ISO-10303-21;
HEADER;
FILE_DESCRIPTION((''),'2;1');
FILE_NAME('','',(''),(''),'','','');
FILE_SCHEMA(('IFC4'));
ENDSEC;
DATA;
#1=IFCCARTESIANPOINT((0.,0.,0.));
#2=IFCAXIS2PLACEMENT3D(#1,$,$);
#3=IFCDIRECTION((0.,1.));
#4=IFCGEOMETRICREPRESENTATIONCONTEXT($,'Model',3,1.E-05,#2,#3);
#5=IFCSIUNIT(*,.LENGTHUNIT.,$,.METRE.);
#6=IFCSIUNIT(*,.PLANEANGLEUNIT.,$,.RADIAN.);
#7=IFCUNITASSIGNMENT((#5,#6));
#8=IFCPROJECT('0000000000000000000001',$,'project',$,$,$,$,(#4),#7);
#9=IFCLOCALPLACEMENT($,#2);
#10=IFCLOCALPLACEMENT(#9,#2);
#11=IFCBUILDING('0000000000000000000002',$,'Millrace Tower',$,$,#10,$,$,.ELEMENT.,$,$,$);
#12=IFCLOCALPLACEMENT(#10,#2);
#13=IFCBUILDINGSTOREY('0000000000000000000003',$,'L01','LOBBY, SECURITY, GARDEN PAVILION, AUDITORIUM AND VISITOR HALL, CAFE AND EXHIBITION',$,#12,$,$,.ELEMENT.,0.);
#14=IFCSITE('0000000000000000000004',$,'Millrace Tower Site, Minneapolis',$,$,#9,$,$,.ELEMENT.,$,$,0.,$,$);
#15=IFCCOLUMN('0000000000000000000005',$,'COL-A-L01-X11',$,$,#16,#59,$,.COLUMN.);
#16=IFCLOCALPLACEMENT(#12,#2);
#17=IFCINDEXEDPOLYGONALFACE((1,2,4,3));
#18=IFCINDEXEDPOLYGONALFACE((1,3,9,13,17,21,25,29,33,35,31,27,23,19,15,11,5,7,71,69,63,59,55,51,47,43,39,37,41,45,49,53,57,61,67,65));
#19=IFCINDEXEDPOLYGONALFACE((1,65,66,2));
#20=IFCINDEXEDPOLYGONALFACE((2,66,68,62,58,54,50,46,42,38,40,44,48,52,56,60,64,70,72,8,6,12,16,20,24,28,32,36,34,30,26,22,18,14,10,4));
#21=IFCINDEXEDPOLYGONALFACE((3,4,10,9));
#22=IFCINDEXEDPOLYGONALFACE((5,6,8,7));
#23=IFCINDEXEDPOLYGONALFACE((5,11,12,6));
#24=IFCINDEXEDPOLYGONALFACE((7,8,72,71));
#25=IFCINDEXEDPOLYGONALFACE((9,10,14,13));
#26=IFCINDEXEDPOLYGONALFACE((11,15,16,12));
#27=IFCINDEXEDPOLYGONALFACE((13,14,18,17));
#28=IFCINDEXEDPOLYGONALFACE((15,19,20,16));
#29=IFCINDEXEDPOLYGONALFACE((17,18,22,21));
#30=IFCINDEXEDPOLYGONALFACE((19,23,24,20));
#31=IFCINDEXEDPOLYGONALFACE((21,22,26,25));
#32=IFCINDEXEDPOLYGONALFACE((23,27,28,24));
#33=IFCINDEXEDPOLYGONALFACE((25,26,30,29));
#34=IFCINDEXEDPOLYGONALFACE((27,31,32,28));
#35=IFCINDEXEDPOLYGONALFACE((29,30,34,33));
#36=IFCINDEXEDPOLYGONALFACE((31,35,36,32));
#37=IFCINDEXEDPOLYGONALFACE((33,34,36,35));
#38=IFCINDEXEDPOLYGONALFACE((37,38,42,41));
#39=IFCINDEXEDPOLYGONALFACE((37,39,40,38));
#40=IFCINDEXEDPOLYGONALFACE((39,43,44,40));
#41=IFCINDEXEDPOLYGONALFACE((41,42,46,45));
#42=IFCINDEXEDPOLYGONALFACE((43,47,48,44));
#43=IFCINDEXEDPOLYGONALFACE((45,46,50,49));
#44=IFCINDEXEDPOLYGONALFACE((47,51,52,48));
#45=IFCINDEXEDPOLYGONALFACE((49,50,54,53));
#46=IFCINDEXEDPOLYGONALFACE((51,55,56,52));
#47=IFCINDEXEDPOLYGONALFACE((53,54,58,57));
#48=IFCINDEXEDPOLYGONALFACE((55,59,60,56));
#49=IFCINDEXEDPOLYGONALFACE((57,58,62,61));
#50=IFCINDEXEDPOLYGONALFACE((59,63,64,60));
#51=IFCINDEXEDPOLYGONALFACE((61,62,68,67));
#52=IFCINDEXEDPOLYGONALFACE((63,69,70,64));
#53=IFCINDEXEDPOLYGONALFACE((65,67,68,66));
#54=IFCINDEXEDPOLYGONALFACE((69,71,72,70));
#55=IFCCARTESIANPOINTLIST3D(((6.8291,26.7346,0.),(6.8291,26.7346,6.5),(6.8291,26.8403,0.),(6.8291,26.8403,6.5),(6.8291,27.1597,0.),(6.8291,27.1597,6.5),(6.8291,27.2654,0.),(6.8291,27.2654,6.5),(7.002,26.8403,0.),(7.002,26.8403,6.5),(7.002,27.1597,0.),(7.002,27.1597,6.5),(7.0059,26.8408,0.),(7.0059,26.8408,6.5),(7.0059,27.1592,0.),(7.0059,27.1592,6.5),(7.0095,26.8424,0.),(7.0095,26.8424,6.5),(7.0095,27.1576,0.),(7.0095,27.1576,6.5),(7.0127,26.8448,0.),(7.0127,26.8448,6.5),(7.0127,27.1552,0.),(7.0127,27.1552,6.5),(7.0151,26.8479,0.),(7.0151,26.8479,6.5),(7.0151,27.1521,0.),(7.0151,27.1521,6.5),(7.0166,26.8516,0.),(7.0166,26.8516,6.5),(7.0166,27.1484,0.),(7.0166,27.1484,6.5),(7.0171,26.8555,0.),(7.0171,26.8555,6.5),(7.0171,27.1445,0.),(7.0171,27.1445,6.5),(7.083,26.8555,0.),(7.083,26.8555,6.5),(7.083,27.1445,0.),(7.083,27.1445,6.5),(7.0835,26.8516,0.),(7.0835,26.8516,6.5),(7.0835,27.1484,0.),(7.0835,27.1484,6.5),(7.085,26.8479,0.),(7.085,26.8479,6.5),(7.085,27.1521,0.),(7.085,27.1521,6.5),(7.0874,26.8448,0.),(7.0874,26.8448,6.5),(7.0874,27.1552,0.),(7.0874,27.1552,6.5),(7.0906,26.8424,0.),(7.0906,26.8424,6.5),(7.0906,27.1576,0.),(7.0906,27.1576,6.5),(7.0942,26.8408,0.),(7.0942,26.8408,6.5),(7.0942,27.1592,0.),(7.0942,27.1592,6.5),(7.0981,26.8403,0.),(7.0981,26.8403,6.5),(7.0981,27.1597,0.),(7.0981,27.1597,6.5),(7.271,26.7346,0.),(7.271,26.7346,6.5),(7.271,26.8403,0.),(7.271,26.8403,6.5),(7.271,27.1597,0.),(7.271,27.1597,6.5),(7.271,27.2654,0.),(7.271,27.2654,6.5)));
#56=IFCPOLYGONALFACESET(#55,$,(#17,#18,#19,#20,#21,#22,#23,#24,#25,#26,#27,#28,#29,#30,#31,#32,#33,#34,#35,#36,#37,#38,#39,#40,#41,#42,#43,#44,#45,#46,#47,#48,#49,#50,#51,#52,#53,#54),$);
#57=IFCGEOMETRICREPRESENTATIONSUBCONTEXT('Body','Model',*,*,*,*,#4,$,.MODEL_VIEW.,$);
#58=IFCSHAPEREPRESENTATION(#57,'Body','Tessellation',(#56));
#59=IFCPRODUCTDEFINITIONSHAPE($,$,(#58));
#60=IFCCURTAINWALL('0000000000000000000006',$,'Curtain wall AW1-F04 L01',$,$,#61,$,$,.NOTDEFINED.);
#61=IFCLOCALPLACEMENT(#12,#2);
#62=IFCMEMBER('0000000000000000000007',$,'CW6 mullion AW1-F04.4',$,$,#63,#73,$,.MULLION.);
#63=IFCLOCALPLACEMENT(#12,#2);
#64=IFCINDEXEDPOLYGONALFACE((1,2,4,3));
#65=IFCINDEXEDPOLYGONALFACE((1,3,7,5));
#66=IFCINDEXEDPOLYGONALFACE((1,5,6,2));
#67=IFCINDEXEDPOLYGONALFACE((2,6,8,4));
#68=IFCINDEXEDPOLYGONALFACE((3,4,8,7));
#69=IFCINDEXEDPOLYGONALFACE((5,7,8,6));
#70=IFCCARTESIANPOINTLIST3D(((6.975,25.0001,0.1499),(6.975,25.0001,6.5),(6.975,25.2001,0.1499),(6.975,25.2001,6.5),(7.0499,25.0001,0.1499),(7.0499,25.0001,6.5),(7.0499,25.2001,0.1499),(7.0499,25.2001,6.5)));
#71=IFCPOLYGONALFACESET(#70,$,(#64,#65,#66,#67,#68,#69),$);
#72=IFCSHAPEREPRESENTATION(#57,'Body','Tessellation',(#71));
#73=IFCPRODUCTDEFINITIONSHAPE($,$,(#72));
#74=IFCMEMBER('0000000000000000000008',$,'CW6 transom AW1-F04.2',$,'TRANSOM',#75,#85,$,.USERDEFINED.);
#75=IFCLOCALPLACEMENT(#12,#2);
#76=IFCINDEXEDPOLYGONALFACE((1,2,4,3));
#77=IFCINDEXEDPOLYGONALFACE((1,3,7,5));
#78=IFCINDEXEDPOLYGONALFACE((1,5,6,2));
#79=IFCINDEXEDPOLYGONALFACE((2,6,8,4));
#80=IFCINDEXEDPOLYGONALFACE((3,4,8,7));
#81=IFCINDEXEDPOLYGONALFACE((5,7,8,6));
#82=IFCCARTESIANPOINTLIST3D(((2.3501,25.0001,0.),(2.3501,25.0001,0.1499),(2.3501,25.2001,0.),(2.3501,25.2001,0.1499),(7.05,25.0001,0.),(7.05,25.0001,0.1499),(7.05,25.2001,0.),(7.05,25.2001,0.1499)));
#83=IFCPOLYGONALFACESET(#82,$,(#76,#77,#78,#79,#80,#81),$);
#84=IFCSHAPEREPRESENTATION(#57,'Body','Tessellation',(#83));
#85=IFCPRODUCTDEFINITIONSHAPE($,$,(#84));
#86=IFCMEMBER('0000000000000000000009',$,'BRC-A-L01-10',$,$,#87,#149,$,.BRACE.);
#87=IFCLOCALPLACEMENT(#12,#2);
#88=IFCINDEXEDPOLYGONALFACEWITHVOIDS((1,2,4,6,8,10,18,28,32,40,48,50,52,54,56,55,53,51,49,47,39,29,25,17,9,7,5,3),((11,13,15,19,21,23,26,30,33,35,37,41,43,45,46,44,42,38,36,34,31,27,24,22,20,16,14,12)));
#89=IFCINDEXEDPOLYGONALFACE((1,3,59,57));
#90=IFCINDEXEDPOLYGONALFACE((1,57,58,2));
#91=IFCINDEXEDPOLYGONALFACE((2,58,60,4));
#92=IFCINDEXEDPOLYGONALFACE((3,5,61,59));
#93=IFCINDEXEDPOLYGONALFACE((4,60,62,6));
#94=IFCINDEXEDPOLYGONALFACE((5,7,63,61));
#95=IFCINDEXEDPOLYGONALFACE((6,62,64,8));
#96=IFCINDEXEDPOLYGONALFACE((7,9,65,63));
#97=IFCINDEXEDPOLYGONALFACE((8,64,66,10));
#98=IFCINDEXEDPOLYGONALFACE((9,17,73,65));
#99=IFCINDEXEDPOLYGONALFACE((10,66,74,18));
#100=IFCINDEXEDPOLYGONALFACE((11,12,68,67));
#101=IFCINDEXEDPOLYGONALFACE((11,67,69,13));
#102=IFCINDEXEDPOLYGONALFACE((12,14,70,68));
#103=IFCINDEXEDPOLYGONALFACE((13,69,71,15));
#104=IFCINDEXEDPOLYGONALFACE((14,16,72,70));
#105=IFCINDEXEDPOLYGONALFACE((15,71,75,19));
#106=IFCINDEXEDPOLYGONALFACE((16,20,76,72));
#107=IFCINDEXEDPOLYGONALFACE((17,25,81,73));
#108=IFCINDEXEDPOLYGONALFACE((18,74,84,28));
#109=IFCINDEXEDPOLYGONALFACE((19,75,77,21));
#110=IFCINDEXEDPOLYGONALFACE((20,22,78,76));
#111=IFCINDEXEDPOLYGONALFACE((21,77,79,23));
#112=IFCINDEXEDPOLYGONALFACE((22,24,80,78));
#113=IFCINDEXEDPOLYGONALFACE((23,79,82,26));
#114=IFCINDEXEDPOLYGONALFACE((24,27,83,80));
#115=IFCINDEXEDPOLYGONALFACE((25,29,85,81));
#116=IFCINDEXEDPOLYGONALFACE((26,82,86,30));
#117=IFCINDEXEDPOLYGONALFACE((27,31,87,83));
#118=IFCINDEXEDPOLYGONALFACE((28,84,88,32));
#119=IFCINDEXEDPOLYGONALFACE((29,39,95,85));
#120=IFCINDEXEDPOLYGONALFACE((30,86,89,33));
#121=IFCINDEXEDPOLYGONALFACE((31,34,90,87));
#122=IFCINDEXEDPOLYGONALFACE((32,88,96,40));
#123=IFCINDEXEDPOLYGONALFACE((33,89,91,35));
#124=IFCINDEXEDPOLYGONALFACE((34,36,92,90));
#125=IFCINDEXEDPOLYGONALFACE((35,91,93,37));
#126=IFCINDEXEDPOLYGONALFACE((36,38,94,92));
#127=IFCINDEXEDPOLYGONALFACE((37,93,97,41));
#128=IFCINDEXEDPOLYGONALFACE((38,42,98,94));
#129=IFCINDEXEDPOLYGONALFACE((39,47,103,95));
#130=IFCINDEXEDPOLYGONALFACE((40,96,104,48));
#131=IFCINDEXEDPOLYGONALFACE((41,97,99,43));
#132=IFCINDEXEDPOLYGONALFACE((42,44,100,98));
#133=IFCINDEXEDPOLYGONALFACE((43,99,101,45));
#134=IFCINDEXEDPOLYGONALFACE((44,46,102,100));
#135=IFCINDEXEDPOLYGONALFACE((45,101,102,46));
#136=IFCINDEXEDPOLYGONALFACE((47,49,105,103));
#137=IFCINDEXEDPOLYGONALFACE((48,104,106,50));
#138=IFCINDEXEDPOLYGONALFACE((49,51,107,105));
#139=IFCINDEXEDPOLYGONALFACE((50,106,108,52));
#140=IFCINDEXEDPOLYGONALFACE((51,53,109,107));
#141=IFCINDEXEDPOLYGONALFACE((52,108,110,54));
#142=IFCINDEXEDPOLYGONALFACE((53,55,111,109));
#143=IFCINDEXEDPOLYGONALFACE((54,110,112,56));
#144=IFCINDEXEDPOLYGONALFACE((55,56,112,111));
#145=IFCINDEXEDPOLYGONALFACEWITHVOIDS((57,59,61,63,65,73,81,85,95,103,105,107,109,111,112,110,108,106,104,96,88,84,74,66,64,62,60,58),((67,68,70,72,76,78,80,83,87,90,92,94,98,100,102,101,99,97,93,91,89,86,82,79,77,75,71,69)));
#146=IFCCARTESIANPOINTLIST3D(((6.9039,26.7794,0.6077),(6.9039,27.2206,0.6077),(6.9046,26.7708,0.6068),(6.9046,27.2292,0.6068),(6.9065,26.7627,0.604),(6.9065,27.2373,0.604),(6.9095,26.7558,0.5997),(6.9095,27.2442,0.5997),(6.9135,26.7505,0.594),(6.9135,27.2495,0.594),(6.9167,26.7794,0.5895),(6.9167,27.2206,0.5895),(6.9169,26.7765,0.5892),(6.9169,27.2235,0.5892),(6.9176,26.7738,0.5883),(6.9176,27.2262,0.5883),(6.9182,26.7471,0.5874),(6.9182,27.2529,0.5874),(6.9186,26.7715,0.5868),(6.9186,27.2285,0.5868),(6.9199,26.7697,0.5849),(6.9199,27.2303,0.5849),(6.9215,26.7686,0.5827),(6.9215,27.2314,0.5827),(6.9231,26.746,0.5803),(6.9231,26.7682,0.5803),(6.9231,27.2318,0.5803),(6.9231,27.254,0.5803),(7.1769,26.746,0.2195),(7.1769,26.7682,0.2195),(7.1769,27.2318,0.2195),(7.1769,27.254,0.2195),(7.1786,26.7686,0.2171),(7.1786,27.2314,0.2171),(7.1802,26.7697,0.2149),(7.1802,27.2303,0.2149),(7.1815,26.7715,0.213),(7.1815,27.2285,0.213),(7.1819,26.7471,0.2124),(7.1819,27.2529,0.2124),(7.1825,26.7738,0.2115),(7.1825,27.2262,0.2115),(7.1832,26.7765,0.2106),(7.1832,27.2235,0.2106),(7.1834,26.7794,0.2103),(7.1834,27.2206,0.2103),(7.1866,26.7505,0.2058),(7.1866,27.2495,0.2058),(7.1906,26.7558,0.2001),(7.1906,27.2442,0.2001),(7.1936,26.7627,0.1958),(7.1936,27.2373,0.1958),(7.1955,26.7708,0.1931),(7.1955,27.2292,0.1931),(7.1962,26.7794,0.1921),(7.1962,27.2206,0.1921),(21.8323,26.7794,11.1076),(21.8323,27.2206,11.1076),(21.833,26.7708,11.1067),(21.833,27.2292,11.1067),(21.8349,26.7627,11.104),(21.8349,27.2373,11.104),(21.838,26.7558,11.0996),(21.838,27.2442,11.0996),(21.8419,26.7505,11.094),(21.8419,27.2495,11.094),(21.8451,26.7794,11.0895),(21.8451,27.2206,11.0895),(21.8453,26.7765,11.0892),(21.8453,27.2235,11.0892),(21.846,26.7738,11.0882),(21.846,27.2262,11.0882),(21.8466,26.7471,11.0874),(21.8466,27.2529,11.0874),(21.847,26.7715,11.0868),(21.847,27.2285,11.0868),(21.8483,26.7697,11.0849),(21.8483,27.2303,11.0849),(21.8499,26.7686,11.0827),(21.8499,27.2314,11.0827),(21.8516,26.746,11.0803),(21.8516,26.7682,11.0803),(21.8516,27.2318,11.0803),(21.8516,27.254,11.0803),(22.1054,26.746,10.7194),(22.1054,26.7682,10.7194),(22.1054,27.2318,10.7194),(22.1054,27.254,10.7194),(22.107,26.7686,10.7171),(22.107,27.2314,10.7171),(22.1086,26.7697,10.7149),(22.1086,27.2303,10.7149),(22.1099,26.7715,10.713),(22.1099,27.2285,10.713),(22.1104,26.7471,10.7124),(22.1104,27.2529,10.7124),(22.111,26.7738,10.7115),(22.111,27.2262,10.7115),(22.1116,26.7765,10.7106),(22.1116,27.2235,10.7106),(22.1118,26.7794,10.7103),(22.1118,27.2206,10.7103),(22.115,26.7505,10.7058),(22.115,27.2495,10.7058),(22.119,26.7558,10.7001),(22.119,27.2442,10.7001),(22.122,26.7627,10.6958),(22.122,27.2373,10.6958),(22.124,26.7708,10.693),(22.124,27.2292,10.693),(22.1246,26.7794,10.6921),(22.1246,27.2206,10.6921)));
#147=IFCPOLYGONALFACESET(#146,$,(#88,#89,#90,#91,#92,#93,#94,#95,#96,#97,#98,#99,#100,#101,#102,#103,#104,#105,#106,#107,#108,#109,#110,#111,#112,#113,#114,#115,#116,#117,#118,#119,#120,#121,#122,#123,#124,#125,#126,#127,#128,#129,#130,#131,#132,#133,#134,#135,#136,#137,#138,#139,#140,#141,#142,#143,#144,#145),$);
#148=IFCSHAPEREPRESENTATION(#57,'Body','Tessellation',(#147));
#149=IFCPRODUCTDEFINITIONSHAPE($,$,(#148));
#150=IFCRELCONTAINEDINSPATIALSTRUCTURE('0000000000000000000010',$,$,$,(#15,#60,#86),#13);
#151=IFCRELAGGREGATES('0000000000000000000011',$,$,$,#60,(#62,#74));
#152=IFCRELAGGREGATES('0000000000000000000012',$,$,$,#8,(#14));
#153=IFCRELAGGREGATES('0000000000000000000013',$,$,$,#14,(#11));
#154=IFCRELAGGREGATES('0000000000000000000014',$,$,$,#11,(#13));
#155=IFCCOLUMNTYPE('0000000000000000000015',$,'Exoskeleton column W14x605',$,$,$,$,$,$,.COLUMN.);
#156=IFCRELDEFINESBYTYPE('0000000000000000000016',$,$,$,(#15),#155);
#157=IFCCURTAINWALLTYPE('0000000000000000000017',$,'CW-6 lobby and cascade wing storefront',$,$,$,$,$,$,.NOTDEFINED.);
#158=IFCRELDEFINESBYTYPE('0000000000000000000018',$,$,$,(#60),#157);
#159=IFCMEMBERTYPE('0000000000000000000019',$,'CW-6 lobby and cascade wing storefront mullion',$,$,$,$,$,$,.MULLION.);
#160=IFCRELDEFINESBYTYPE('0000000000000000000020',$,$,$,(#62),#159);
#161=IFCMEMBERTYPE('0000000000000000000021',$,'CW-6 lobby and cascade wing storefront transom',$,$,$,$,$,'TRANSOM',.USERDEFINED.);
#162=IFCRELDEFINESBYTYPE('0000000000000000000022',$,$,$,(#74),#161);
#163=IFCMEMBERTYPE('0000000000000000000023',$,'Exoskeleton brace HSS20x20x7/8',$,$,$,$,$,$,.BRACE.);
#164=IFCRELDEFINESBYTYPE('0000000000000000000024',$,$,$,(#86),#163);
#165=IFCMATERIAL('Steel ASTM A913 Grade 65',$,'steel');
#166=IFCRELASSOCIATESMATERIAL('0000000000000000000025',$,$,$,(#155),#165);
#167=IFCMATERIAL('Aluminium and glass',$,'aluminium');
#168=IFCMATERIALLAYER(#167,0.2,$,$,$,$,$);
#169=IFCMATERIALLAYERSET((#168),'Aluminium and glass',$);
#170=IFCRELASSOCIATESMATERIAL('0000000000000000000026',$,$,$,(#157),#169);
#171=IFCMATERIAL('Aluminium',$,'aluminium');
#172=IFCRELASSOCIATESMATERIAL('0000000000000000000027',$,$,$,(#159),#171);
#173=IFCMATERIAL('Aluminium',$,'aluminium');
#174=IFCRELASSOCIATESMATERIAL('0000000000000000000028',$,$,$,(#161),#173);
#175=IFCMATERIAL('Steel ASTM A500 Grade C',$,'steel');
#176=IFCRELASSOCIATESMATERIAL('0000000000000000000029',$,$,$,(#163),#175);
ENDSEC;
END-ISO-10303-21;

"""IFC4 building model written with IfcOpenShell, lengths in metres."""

from ifc_helpers import new_model, si_unit, direction, frame, origin, origin_2d, place, context, subcontext, project, spatial, rectangle, hollow_rectangle, i_section, extrude, material, layer, layer_set, material_profile, profile_set, type_object, element, aggregate, save


model = new_model("IFC4")

# Units and contexts
model_context = context("Model", 3, precision=1e-05, world=origin(), true_north=direction((0.0, 1.0)))
body_context = subcontext(model_context, "Body", "Model", "MODEL_VIEW")
ifc_project = project(units=[si_unit("LENGTHUNIT", "METRE"), si_unit("PLANEANGLEUNIT", "RADIAN")], contexts=[model_context])

# Site, building, storey
site_placement = place(None, origin())
site = spatial("IfcSite", under=ifc_project, at=site_placement, Name="Millrace Tower Site, Minneapolis", CompositionType="ELEMENT", RefElevation=0.0)
building_placement = place(site_placement, origin())
building = spatial("IfcBuilding", under=site, at=building_placement, Name="Millrace Tower", CompositionType="ELEMENT")
storey_placement = place(building_placement, origin())
storey = spatial("IfcBuildingStorey", under=building, at=storey_placement, Name="L01", Description="LOBBY, SECURITY, GARDEN PAVILION, AUDITORIUM AND VISITOR HALL, CAFE AND EXHIBITION", CompositionType="ELEMENT", Elevation=0.0)

# Column
ifc_material_1 = material(Name="Steel ASTM A913 Grade 65", Category="steel")
ifc_material_profile_1 = material_profile(ifc_material_1, i_section(OverallWidth=0.4419, OverallDepth=0.5308, WebThickness=0.0659, FlangeThickness=0.1057, FilletRadius=0.0151, at=origin_2d()))
ifc_profile_set_1 = profile_set([ifc_material_profile_1], Name="Steel ASTM A913 Grade 65")
column_type = type_object("IfcColumnType", Name="Exoskeleton column W14x605", PredefinedType="COLUMN", material=ifc_profile_set_1)
column_placement = place(storey_placement, frame((7.05, 27.0, 0.0), z_axis=(0.0, 0.0, 1.0), x_axis=(-1.0, 0.0, 0.0)))
element("IfcColumn", 1, at=column_placement, inside=storey, type_object=column_type, Name="COL-A-L01-X11", PredefinedType="COLUMN", context=body_context, shape_type="SweptSolid", body=[
    extrude(i_section(OverallWidth=0.4419, OverallDepth=0.5308, WebThickness=0.0659, FlangeThickness=0.1057, FilletRadius=0.0151, at=origin_2d()), origin(), (0.0, 0.0, 1.0), 6.5),
])

# Curtain wall, members
ifc_material_2 = material(Name="Aluminium and glass", Category="aluminium")
ifc_layer_1 = layer(ifc_material_2, 0.2)
ifc_layer_set_1 = layer_set([ifc_layer_1], Name="Aluminium and glass")
curtain_wall_type = type_object("IfcCurtainWallType", Name="CW-6 lobby and cascade wing storefront", PredefinedType="NOTDEFINED", material=ifc_layer_set_1)
curtain_wall_placement = place(storey_placement, origin())
curtain_wall = element("IfcCurtainWall", 2, at=curtain_wall_placement, inside=storey, type_object=curtain_wall_type, Name="Curtain wall AW1-F04 L01", PredefinedType="NOTDEFINED")
ifc_material_3 = material(Name="Aluminium", Category="aluminium")
ifc_material_profile_2 = material_profile(ifc_material_3, rectangle(XDim=0.075, YDim=0.2, at=origin_2d()))
ifc_profile_set_2 = profile_set([ifc_material_profile_2], Name="Aluminium")
member_type_1 = type_object("IfcMemberType", Name="CW-6 lobby and cascade wing storefront mullion", PredefinedType="MULLION", material=ifc_profile_set_2)
member_1_placement = place(storey_placement, frame((7.0125, 25.1001, 0.1499), z_axis=(0.0, 0.0, 1.0), x_axis=(-1.0, 0.0, 0.0)))
member_1 = element("IfcMember", 3, at=member_1_placement, type_object=member_type_1, Name="CW6 mullion AW1-F04.4", PredefinedType="MULLION", context=body_context, shape_type="SweptSolid", body=[
    extrude(rectangle(XDim=0.075, YDim=0.2, at=origin_2d()), origin(), (0.0, 0.0, 1.0), 6.3501),
])
ifc_material_4 = material(Name="Aluminium", Category="aluminium")
ifc_material_profile_3 = material_profile(ifc_material_4, rectangle(XDim=0.2, YDim=0.1499, at=origin_2d()))
ifc_profile_set_3 = profile_set([ifc_material_profile_3], Name="Aluminium")
member_type_2 = type_object("IfcMemberType", Name="CW-6 lobby and cascade wing storefront transom", ElementType="TRANSOM", PredefinedType="USERDEFINED", material=ifc_profile_set_3)
member_2_placement = place(storey_placement, frame((7.05, 25.1001, 0.075), z_axis=(-1.0, 0.0, 0.0), x_axis=(0.0, -1.0, 0.0)))
member_2 = element("IfcMember", 4, at=member_2_placement, type_object=member_type_2, Name="CW6 transom AW1-F04.2", ObjectType="TRANSOM", PredefinedType="USERDEFINED", context=body_context, shape_type="SweptSolid", body=[
    extrude(rectangle(XDim=0.2, YDim=0.1499, at=origin_2d()), origin(), (0.0, 0.0, 1.0), 4.7),
])
aggregate(curtain_wall, [member_1, member_2])

# Member
ifc_material_5 = material(Name="Steel ASTM A500 Grade C", Category="steel")
ifc_material_profile_4 = material_profile(ifc_material_5, hollow_rectangle(XDim=0.5081, YDim=0.5081, WallThickness=0.0222, InnerFilletRadius=0.0112, OuterFilletRadius=0.0334, at=origin_2d()))
ifc_profile_set_4 = profile_set([ifc_material_profile_4], Name="Steel ASTM A500 Grade C")
member_type_3 = type_object("IfcMemberType", Name="Exoskeleton brace HSS20x20x7/8", PredefinedType="BRACE", material=ifc_profile_set_4)
member_3_placement = place(storey_placement, frame((7.05, 27.0, 0.3999), z_axis=(0.817941, 0.0, 0.575302), x_axis=(0.0, 1.0, 0.0)))
element("IfcMember", 5, at=member_3_placement, inside=storey, type_object=member_type_3, Name="BRC-A-L01-10", PredefinedType="BRACE", context=body_context, shape_type="SweptSolid", body=[
    extrude(hollow_rectangle(XDim=0.5081, YDim=0.5081, WallThickness=0.0222, InnerFilletRadius=0.0112, OuterFilletRadius=0.0334, at=origin_2d()), origin(), (0.0, 0.0, 1.0), 18.2512),
])

save(model, "model.ifc")
